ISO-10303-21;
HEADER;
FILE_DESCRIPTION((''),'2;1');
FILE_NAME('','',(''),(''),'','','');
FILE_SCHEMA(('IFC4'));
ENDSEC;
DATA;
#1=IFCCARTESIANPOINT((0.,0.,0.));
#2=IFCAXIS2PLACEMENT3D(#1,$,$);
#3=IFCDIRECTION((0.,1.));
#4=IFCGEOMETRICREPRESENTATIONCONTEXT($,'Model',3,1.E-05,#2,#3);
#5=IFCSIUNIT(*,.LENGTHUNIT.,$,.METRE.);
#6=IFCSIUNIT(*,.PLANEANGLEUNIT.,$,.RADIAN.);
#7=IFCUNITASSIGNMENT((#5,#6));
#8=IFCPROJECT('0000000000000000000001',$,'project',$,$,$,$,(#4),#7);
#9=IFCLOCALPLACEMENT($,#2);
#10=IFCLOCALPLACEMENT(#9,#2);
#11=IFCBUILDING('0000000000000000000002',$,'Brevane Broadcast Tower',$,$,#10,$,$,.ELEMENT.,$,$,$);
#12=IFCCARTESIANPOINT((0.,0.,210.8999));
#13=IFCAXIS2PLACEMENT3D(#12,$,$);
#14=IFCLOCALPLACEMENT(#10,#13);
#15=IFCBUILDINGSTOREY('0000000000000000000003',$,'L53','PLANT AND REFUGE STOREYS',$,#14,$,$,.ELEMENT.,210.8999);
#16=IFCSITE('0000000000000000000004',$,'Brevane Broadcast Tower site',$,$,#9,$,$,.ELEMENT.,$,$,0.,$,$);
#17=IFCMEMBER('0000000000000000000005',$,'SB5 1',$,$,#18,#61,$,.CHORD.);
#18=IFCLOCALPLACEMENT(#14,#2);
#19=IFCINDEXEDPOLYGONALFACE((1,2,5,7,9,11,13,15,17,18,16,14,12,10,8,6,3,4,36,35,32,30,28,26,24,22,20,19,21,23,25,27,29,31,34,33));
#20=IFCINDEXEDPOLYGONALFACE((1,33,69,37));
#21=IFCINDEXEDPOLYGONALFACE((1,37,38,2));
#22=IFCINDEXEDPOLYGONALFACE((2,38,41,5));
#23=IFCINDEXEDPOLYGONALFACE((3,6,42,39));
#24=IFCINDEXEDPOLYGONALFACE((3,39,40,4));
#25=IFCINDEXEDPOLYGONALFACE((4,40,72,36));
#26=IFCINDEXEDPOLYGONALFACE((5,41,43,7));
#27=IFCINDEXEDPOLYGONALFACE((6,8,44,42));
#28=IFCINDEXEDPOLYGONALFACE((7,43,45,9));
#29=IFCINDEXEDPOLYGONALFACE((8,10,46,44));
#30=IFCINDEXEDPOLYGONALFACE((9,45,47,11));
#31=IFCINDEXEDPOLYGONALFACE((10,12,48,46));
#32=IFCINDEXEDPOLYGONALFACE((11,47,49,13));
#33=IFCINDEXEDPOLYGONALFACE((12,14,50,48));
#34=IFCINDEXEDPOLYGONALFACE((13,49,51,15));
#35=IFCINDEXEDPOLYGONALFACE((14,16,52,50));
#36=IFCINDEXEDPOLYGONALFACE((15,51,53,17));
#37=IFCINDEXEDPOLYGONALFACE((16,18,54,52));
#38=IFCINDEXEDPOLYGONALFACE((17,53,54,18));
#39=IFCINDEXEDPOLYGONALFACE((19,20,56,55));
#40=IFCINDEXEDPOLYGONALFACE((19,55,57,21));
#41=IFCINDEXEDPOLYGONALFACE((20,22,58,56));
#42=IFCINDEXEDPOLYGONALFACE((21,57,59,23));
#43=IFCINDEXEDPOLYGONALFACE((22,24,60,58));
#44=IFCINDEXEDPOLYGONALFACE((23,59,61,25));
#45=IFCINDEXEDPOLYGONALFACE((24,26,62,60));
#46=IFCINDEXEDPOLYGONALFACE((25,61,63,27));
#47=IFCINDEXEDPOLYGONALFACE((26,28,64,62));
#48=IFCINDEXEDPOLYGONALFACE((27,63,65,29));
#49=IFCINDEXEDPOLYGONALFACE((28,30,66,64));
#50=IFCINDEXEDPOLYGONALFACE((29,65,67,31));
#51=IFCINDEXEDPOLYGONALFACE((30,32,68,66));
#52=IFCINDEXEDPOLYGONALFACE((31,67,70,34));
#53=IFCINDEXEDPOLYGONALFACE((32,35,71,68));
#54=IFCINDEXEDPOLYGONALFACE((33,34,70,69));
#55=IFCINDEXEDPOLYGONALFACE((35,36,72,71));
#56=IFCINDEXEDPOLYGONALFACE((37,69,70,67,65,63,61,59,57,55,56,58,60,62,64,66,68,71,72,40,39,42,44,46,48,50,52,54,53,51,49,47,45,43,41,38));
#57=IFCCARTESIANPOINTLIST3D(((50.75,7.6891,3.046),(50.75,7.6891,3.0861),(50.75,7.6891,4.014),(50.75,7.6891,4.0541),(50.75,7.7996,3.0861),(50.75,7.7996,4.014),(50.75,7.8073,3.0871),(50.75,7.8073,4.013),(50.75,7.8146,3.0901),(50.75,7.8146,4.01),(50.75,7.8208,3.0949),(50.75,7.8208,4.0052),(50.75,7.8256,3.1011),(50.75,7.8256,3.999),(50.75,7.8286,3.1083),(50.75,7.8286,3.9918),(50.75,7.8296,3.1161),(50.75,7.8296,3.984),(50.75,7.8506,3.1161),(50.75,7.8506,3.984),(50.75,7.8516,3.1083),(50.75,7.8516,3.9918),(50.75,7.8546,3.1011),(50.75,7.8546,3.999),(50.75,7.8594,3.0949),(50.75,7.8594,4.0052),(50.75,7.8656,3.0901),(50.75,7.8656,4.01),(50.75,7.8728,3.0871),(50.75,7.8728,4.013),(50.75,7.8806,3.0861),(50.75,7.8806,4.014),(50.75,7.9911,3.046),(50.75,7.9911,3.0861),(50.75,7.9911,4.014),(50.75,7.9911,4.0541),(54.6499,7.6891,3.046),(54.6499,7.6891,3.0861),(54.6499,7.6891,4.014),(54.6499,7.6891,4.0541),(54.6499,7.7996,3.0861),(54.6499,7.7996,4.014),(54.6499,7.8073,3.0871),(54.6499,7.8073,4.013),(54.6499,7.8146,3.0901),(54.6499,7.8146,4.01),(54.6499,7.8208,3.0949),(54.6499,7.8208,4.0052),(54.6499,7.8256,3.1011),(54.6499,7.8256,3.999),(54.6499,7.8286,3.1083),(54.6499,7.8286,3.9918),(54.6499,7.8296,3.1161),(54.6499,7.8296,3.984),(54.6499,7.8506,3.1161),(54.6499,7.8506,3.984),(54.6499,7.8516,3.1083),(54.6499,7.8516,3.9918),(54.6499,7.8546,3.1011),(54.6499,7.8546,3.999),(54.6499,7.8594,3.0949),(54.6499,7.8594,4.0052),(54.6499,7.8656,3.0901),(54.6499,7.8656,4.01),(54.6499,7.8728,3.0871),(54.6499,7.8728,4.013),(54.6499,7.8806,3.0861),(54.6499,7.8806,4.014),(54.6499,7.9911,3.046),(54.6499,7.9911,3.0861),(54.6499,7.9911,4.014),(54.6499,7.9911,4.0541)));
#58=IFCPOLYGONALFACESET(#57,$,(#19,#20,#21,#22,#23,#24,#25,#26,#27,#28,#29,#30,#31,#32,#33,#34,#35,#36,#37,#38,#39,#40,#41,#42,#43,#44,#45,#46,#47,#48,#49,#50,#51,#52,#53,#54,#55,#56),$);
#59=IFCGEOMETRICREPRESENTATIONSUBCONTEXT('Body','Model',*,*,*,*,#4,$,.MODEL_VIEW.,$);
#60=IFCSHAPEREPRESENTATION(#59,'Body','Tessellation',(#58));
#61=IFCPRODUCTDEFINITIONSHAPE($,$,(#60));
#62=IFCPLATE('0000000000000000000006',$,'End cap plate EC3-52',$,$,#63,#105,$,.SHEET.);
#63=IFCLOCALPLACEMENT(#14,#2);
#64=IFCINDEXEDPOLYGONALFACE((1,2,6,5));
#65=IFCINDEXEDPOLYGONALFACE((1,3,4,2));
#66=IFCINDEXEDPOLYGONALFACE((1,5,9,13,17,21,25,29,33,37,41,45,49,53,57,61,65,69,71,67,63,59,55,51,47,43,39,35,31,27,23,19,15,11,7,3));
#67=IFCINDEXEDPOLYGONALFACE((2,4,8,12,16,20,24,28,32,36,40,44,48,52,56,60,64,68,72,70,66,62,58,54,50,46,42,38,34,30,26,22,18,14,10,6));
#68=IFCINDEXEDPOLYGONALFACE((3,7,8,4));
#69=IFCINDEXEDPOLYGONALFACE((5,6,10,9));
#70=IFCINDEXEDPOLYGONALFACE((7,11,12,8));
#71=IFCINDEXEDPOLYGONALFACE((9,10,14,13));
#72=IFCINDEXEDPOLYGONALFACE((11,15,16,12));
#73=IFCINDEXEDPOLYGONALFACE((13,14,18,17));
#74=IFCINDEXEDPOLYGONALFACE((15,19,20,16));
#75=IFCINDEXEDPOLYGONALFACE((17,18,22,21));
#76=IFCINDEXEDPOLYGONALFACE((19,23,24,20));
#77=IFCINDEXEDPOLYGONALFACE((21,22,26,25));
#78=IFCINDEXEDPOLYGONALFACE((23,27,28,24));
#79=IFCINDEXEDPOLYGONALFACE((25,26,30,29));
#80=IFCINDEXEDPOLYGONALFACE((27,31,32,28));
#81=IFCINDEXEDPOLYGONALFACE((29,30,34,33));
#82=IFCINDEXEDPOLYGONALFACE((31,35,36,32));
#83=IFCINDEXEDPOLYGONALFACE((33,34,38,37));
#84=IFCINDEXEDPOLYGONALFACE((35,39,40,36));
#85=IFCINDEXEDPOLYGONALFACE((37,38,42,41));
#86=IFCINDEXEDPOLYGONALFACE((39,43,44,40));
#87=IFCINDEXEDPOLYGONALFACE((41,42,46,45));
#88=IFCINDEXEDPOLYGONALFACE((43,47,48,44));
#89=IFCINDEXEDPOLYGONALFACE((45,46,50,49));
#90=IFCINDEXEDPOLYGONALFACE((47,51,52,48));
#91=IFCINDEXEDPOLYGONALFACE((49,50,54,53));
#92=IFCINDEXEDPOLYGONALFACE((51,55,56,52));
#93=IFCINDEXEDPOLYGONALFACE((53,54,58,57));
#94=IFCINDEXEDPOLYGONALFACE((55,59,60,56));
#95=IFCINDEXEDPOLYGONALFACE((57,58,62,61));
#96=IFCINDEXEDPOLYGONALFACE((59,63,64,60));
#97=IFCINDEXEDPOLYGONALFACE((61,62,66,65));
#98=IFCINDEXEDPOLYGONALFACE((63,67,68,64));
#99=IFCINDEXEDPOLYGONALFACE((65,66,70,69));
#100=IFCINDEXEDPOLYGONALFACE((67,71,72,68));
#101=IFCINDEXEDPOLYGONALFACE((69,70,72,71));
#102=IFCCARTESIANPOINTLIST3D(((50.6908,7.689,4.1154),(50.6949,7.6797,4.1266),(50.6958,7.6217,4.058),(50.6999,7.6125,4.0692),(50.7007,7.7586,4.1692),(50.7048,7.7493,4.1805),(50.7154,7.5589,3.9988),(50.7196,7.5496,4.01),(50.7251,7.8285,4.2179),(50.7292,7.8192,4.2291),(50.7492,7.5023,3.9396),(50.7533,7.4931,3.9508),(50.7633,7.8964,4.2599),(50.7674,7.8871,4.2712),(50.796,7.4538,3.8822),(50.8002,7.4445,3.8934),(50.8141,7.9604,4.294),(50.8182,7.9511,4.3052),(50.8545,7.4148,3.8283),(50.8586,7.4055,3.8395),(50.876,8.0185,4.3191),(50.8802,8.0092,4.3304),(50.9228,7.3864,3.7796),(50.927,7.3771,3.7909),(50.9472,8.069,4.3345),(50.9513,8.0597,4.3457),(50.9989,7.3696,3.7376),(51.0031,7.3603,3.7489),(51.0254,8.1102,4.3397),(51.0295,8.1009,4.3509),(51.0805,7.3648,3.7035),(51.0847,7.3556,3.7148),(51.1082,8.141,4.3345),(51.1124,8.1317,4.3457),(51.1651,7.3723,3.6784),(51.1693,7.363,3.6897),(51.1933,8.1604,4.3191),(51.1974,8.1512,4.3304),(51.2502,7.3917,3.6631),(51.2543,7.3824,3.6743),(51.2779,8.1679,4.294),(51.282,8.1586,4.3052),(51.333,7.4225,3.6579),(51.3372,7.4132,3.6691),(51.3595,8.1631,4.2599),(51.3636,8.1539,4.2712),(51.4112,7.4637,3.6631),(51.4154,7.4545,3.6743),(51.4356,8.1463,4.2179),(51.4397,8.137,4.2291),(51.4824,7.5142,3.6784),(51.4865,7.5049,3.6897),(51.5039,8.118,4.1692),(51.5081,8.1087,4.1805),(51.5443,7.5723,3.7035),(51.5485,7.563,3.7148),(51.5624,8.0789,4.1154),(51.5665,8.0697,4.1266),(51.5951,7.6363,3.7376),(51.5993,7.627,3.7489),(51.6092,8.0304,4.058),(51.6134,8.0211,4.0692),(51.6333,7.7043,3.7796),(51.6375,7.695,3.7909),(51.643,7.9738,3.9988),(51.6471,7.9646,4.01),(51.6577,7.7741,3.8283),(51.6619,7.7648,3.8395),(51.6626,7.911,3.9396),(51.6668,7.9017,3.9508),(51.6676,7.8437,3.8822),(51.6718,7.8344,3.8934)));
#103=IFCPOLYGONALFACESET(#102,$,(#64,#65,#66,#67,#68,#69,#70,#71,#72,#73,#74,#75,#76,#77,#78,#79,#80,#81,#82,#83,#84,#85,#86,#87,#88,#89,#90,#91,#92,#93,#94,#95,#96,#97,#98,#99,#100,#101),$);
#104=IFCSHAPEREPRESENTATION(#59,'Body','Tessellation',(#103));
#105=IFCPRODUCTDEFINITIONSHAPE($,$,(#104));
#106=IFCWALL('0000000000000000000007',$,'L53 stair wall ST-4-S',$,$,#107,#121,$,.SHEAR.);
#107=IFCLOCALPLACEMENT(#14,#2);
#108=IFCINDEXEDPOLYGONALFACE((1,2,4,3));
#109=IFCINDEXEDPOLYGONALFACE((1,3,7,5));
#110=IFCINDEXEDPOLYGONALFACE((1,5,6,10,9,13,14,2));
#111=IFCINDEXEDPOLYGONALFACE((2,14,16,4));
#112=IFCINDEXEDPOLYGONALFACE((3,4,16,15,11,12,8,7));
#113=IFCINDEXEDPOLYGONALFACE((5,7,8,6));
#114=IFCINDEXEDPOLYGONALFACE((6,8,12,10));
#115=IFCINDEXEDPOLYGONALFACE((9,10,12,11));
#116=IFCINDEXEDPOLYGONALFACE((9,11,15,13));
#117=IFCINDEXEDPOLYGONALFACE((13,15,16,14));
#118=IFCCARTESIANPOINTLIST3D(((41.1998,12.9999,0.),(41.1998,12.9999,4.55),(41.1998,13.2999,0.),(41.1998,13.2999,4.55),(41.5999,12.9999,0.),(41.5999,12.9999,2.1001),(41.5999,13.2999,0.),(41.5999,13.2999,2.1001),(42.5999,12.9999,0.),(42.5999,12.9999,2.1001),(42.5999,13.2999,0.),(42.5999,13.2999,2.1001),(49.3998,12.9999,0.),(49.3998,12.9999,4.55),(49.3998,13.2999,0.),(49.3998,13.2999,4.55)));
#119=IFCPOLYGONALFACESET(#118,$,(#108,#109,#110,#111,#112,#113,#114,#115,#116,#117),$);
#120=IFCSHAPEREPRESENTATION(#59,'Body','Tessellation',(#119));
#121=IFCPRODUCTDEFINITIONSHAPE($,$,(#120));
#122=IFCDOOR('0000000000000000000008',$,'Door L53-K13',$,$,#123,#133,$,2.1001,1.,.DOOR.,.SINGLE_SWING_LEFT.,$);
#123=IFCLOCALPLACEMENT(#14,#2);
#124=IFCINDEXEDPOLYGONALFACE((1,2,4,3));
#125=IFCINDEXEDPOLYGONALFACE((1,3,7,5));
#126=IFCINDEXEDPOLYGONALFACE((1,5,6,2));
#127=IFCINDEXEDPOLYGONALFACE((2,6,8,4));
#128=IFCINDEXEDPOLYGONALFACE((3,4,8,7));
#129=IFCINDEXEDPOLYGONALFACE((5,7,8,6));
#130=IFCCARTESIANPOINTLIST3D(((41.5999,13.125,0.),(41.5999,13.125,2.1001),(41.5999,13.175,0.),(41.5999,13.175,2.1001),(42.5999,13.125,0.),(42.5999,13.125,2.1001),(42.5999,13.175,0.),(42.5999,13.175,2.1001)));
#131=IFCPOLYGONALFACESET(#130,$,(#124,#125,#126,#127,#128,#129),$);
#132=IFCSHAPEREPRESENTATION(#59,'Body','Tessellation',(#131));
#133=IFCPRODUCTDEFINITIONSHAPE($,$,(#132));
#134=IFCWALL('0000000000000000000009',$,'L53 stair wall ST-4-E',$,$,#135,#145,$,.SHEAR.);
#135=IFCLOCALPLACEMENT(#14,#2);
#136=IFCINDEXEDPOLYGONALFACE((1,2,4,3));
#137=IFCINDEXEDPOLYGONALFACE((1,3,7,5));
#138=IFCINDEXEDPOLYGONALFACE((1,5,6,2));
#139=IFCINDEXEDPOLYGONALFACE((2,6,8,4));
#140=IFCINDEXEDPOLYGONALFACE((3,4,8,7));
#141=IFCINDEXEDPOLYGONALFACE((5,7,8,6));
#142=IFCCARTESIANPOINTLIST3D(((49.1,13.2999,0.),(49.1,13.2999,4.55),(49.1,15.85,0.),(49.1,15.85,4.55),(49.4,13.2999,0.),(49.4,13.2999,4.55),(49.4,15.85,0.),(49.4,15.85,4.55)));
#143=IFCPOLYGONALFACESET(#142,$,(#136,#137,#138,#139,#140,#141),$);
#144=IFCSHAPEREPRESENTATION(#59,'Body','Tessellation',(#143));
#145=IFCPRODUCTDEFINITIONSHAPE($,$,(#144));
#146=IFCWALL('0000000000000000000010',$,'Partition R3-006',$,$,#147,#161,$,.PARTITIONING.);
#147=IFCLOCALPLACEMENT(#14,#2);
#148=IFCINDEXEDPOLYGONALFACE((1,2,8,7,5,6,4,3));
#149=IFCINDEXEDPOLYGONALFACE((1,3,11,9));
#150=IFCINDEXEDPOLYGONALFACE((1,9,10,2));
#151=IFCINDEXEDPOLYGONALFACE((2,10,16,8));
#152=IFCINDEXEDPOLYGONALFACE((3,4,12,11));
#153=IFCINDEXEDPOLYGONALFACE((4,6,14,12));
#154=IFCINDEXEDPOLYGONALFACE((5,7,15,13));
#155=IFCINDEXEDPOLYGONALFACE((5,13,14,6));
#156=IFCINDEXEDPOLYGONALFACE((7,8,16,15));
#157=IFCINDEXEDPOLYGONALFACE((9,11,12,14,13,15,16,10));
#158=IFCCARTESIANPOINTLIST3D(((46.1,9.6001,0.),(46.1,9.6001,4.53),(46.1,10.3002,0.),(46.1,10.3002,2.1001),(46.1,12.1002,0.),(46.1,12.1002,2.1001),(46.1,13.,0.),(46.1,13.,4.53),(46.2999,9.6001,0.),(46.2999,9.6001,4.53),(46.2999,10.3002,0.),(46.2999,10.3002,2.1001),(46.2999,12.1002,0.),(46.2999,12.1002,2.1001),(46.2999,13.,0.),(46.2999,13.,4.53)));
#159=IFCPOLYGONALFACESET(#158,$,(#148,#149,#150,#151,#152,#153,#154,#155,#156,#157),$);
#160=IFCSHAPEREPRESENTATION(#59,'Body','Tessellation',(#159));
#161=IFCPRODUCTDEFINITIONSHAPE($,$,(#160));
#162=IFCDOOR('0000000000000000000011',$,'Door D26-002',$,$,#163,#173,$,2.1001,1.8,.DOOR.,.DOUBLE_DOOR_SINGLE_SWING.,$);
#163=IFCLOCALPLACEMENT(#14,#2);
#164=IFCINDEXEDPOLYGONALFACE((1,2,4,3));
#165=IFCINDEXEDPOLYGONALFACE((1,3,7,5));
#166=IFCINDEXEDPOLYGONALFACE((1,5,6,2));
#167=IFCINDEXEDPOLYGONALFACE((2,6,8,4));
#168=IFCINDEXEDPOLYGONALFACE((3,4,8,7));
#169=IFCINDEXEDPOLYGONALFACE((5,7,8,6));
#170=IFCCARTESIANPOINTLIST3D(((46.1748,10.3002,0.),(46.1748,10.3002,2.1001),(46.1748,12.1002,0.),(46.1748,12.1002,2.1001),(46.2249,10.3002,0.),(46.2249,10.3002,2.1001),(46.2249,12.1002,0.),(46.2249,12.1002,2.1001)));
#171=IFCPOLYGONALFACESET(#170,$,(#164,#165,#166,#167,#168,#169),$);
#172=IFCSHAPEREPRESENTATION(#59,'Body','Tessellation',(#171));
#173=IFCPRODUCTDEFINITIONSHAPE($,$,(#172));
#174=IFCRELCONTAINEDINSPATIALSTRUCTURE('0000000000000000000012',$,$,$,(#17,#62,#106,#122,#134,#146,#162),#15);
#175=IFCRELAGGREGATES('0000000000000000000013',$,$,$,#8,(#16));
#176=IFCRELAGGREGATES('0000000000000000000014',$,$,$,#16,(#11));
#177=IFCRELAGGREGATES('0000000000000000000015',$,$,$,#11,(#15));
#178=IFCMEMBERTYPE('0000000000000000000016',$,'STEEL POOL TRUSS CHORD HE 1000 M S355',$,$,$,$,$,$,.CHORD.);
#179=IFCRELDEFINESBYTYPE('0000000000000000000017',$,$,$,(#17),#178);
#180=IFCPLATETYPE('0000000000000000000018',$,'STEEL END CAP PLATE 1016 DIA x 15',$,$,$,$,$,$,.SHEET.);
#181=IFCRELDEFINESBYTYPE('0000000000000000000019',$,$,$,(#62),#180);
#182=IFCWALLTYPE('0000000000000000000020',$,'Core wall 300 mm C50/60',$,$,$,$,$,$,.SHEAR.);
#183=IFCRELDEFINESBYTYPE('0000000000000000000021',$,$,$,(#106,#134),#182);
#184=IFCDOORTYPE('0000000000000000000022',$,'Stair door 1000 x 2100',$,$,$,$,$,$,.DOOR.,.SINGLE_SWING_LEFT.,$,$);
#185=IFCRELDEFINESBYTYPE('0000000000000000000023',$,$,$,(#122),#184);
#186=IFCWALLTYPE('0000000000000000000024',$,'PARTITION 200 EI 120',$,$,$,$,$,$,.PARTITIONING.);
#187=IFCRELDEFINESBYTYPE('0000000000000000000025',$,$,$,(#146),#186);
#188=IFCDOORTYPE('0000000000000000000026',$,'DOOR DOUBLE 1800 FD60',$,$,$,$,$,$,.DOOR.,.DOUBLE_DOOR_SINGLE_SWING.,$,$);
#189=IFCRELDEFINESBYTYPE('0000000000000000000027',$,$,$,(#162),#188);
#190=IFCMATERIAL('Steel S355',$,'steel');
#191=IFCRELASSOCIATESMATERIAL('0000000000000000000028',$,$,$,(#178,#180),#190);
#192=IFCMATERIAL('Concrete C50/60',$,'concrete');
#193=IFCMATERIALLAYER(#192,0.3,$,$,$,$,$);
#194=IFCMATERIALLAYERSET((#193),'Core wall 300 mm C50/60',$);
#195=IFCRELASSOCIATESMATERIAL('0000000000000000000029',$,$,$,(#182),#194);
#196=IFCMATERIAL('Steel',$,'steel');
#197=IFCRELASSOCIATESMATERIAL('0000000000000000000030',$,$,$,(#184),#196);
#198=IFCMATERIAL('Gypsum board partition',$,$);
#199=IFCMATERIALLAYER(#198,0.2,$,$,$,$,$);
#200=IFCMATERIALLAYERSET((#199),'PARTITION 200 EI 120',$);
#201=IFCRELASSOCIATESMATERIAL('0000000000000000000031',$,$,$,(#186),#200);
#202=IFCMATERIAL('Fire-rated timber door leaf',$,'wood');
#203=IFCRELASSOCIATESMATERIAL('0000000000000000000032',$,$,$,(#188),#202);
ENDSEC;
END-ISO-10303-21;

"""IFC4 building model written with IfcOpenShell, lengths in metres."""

from ifc_helpers import new_model, si_unit, direction, frame, frame_2d, origin, origin_2d, place, context, subcontext, project, spatial, rectangle, circle, i_section, extrude, material, layer, layer_set, material_profile, profile_set, type_object, element, fill, save


model = new_model("IFC4")

# Units and contexts
model_context = context("Model", 3, precision=1e-05, world=origin(), true_north=direction((0.0, 1.0)))
body_context = subcontext(model_context, "Body", "Model", "MODEL_VIEW")
ifc_project = project(units=[si_unit("LENGTHUNIT", "METRE"), si_unit("PLANEANGLEUNIT", "RADIAN")], contexts=[model_context])

# Site, building, storey
site_placement = place(None, origin())
site = spatial("IfcSite", under=ifc_project, at=site_placement, Name="Brevane Broadcast Tower site", CompositionType="ELEMENT", RefElevation=0.0)
building_placement = place(site_placement, origin())
building = spatial("IfcBuilding", under=site, at=building_placement, Name="Brevane Broadcast Tower", CompositionType="ELEMENT")
storey_placement = place(building_placement, frame((0.0, 0.0, 210.8999)))
storey = spatial("IfcBuildingStorey", under=building, at=storey_placement, Name="L53", Description="PLANT AND REFUGE STOREYS", CompositionType="ELEMENT", Elevation=210.8999)

# Shared definitions
ifc_material_1 = material(Name="Concrete C50/60", Category="concrete")

# Member
ifc_material_2 = material(Name="Steel S355", Category="steel")
ifc_material_profile_1 = material_profile(ifc_material_2, i_section(OverallWidth=0.302, OverallDepth=1.0081, WebThickness=0.021, FlangeThickness=0.04, FilletRadius=0.03, at=origin_2d()), Name="HE 1000 M")
ifc_profile_set_1 = profile_set([ifc_material_profile_1], Name="Steel S355")
member_type_1 = type_object("IfcMemberType", Name="STEEL POOL TRUSS CHORD HE 1000 M S355", PredefinedType="CHORD", material=ifc_profile_set_1)
member_1_placement = place(storey_placement, frame((50.75, 7.8401, 3.55), z_axis=(1.0, 0.0, 0.0), x_axis=(0.0, 1.0, 0.0)))
element("IfcMember", 1, at=member_1_placement, inside=storey, type_object=member_type_1, Name="SB5 1", PredefinedType="CHORD", context=body_context, shape_type="SweptSolid", body=[
    extrude(i_section(OverallWidth=0.302, OverallDepth=1.0081, WebThickness=0.021, FlangeThickness=0.04, FilletRadius=0.03, at=origin_2d()), origin(), (0.0, 0.0, 1.0), 3.8999),
])

# Plate
ifc_material_profile_2 = material_profile(ifc_material_2, circle(Radius=0.5081, at=origin_2d()), Name="PL 1016 DIA x 15")
ifc_profile_set_2 = profile_set([ifc_material_profile_2], Name="Steel S355")
plate_type = type_object("IfcPlateType", Name="STEEL END CAP PLATE 1016 DIA x 15", PredefinedType="SHEET", material=ifc_profile_set_2)
plate_placement = place(storey_placement, frame((51.1792, 7.7664, 3.9988), z_axis=(0.274015, -0.612505, 0.741453), x_axis=(0.912818, 0.408366, 0.0)))
element("IfcPlate", 2, at=plate_placement, inside=storey, type_object=plate_type, Name="End cap plate EC3-52", PredefinedType="SHEET", context=body_context, shape_type="SweptSolid", body=[
    extrude(circle(Radius=0.5081, at=origin_2d()), origin(), (0.0, 0.0, 1.0), 0.0151),
])

# Wall, opening, door
ifc_layer_1 = layer(ifc_material_1, 0.3)
ifc_layer_set_1 = layer_set([ifc_layer_1], Name="Core wall 300 mm C50/60")
wall_type_1 = type_object("IfcWallType", Name="Core wall 300 mm C50/60", PredefinedType="SHEAR", material=ifc_layer_set_1)
wall_1_placement = place(storey_placement, frame((49.3999, 13.1499, 0.0), z_axis=(0.0, 0.0, 1.0), x_axis=(-1.0, 0.0, 0.0)))
wall_1 = element("IfcWall", 3, at=wall_1_placement, inside=storey, type_object=wall_type_1, Name="L53 stair wall ST-4-S", PredefinedType="SHEAR", context=body_context, shape_type="SweptSolid", body=[
    extrude(rectangle(XDim=8.2, YDim=0.3, at=frame_2d((4.1001, 0.0))), origin(), (0.0, 0.0, 1.0), 4.55),
])
opening_1_placement = place(wall_1_placement, frame((6.8, 0.0, 0.0)))
opening_1 = element("IfcOpeningElement", 4, at=opening_1_placement, cuts=wall_1, PredefinedType="OPENING", context=body_context, shape_type="SweptSolid", body=[
    extrude(rectangle(XDim=1.0, YDim=2.1001, at=frame_2d((0.5, 1.05))), frame((0.0, 0.1599, 0.0), z_axis=(0.0, -1.0, 0.0), x_axis=(1.0, 0.0, 0.0)), (0.0, 0.0, 1.0), 0.3201),
])
ifc_material_3 = material(Name="Steel", Category="steel")
door_type_1 = type_object("IfcDoorType", Name="Stair door 1000 x 2100", OperationType="SINGLE_SWING_LEFT", PredefinedType="DOOR", material=ifc_material_3)
door_1_placement = place(opening_1_placement, origin())
door_1 = element("IfcDoor", 5, at=door_1_placement, inside=storey, type_object=door_type_1, Name="Door L53-K13", OperationType="SINGLE_SWING_LEFT", OverallHeight=2.1001, OverallWidth=1.0, PredefinedType="DOOR", context=body_context, shape_type="SweptSolid", body=[
    extrude(rectangle(XDim=1.0, YDim=2.1001, at=frame_2d((0.5, 1.05))), frame((0.0, 0.0249, 0.0), z_axis=(0.0, -1.0, 0.0), x_axis=(1.0, 0.0, 0.0)), (0.0, 0.0, 1.0), 0.05),
])
fill(opening_1, door_1)

# Wall
wall_2_placement = place(storey_placement, frame((49.25, 13.3, 0.0), z_axis=(0.0, 0.0, 1.0), x_axis=(0.0, 1.0, 0.0)))
element("IfcWall", 6, at=wall_2_placement, inside=storey, type_object=wall_type_1, Name="L53 stair wall ST-4-E", PredefinedType="SHEAR", context=body_context, shape_type="SweptSolid", body=[
    extrude(rectangle(XDim=2.55, YDim=0.3, at=frame_2d((1.2749, 0.0))), origin(), (0.0, 0.0, 1.0), 4.55),
])

# Wall, opening, door
ifc_material_4 = material(Name="Gypsum board partition")
ifc_layer_2 = layer(ifc_material_4, 0.2)
ifc_layer_set_2 = layer_set([ifc_layer_2], Name="PARTITION 200 EI 120")
wall_type_2 = type_object("IfcWallType", Name="PARTITION 200 EI 120", PredefinedType="PARTITIONING", material=ifc_layer_set_2)
wall_3_placement = place(storey_placement, frame((46.2, 13.0, 0.0), z_axis=(0.0, 0.0, 1.0), x_axis=(0.0, -1.0, 0.0)))
wall_3 = element("IfcWall", 7, at=wall_3_placement, inside=storey, type_object=wall_type_2, Name="Partition R3-006", PredefinedType="PARTITIONING", context=body_context, shape_type="SweptSolid", body=[
    extrude(rectangle(XDim=3.3999, YDim=0.2, at=frame_2d((1.7, 0.0))), origin(), (0.0, 0.0, 1.0), 4.53),
])
opening_2_placement = place(wall_3_placement, frame((0.8999, 0.0, 0.0)))
opening_2 = element("IfcOpeningElement", 8, at=opening_2_placement, cuts=wall_3, PredefinedType="OPENING", context=body_context, shape_type="SweptSolid", body=[
    extrude(rectangle(XDim=1.8, YDim=2.1001, at=frame_2d((0.8999, 1.05))), frame((0.0, 0.1099, 0.0), z_axis=(0.0, -1.0, 0.0), x_axis=(1.0, 0.0, 0.0)), (0.0, 0.0, 1.0), 0.22),
])
ifc_material_5 = material(Name="Fire-rated timber door leaf", Category="wood")
door_type_2 = type_object("IfcDoorType", Name="DOOR DOUBLE 1800 FD60", OperationType="DOUBLE_DOOR_SINGLE_SWING", PredefinedType="DOOR", material=ifc_material_5)
door_2_placement = place(opening_2_placement, origin())
door_2 = element("IfcDoor", 9, at=door_2_placement, inside=storey, type_object=door_type_2, Name="Door D26-002", OperationType="DOUBLE_DOOR_SINGLE_SWING", OverallHeight=2.1001, OverallWidth=1.8, PredefinedType="DOOR", context=body_context, shape_type="SweptSolid", body=[
    extrude(rectangle(XDim=1.8, YDim=2.1001, at=frame_2d((0.8999, 1.05))), frame((0.0, 0.0249, 0.0), z_axis=(0.0, -1.0, 0.0), x_axis=(1.0, 0.0, 0.0)), (0.0, 0.0, 1.0), 0.05),
])
fill(opening_2, door_2)

save(model, "model.ifc")
